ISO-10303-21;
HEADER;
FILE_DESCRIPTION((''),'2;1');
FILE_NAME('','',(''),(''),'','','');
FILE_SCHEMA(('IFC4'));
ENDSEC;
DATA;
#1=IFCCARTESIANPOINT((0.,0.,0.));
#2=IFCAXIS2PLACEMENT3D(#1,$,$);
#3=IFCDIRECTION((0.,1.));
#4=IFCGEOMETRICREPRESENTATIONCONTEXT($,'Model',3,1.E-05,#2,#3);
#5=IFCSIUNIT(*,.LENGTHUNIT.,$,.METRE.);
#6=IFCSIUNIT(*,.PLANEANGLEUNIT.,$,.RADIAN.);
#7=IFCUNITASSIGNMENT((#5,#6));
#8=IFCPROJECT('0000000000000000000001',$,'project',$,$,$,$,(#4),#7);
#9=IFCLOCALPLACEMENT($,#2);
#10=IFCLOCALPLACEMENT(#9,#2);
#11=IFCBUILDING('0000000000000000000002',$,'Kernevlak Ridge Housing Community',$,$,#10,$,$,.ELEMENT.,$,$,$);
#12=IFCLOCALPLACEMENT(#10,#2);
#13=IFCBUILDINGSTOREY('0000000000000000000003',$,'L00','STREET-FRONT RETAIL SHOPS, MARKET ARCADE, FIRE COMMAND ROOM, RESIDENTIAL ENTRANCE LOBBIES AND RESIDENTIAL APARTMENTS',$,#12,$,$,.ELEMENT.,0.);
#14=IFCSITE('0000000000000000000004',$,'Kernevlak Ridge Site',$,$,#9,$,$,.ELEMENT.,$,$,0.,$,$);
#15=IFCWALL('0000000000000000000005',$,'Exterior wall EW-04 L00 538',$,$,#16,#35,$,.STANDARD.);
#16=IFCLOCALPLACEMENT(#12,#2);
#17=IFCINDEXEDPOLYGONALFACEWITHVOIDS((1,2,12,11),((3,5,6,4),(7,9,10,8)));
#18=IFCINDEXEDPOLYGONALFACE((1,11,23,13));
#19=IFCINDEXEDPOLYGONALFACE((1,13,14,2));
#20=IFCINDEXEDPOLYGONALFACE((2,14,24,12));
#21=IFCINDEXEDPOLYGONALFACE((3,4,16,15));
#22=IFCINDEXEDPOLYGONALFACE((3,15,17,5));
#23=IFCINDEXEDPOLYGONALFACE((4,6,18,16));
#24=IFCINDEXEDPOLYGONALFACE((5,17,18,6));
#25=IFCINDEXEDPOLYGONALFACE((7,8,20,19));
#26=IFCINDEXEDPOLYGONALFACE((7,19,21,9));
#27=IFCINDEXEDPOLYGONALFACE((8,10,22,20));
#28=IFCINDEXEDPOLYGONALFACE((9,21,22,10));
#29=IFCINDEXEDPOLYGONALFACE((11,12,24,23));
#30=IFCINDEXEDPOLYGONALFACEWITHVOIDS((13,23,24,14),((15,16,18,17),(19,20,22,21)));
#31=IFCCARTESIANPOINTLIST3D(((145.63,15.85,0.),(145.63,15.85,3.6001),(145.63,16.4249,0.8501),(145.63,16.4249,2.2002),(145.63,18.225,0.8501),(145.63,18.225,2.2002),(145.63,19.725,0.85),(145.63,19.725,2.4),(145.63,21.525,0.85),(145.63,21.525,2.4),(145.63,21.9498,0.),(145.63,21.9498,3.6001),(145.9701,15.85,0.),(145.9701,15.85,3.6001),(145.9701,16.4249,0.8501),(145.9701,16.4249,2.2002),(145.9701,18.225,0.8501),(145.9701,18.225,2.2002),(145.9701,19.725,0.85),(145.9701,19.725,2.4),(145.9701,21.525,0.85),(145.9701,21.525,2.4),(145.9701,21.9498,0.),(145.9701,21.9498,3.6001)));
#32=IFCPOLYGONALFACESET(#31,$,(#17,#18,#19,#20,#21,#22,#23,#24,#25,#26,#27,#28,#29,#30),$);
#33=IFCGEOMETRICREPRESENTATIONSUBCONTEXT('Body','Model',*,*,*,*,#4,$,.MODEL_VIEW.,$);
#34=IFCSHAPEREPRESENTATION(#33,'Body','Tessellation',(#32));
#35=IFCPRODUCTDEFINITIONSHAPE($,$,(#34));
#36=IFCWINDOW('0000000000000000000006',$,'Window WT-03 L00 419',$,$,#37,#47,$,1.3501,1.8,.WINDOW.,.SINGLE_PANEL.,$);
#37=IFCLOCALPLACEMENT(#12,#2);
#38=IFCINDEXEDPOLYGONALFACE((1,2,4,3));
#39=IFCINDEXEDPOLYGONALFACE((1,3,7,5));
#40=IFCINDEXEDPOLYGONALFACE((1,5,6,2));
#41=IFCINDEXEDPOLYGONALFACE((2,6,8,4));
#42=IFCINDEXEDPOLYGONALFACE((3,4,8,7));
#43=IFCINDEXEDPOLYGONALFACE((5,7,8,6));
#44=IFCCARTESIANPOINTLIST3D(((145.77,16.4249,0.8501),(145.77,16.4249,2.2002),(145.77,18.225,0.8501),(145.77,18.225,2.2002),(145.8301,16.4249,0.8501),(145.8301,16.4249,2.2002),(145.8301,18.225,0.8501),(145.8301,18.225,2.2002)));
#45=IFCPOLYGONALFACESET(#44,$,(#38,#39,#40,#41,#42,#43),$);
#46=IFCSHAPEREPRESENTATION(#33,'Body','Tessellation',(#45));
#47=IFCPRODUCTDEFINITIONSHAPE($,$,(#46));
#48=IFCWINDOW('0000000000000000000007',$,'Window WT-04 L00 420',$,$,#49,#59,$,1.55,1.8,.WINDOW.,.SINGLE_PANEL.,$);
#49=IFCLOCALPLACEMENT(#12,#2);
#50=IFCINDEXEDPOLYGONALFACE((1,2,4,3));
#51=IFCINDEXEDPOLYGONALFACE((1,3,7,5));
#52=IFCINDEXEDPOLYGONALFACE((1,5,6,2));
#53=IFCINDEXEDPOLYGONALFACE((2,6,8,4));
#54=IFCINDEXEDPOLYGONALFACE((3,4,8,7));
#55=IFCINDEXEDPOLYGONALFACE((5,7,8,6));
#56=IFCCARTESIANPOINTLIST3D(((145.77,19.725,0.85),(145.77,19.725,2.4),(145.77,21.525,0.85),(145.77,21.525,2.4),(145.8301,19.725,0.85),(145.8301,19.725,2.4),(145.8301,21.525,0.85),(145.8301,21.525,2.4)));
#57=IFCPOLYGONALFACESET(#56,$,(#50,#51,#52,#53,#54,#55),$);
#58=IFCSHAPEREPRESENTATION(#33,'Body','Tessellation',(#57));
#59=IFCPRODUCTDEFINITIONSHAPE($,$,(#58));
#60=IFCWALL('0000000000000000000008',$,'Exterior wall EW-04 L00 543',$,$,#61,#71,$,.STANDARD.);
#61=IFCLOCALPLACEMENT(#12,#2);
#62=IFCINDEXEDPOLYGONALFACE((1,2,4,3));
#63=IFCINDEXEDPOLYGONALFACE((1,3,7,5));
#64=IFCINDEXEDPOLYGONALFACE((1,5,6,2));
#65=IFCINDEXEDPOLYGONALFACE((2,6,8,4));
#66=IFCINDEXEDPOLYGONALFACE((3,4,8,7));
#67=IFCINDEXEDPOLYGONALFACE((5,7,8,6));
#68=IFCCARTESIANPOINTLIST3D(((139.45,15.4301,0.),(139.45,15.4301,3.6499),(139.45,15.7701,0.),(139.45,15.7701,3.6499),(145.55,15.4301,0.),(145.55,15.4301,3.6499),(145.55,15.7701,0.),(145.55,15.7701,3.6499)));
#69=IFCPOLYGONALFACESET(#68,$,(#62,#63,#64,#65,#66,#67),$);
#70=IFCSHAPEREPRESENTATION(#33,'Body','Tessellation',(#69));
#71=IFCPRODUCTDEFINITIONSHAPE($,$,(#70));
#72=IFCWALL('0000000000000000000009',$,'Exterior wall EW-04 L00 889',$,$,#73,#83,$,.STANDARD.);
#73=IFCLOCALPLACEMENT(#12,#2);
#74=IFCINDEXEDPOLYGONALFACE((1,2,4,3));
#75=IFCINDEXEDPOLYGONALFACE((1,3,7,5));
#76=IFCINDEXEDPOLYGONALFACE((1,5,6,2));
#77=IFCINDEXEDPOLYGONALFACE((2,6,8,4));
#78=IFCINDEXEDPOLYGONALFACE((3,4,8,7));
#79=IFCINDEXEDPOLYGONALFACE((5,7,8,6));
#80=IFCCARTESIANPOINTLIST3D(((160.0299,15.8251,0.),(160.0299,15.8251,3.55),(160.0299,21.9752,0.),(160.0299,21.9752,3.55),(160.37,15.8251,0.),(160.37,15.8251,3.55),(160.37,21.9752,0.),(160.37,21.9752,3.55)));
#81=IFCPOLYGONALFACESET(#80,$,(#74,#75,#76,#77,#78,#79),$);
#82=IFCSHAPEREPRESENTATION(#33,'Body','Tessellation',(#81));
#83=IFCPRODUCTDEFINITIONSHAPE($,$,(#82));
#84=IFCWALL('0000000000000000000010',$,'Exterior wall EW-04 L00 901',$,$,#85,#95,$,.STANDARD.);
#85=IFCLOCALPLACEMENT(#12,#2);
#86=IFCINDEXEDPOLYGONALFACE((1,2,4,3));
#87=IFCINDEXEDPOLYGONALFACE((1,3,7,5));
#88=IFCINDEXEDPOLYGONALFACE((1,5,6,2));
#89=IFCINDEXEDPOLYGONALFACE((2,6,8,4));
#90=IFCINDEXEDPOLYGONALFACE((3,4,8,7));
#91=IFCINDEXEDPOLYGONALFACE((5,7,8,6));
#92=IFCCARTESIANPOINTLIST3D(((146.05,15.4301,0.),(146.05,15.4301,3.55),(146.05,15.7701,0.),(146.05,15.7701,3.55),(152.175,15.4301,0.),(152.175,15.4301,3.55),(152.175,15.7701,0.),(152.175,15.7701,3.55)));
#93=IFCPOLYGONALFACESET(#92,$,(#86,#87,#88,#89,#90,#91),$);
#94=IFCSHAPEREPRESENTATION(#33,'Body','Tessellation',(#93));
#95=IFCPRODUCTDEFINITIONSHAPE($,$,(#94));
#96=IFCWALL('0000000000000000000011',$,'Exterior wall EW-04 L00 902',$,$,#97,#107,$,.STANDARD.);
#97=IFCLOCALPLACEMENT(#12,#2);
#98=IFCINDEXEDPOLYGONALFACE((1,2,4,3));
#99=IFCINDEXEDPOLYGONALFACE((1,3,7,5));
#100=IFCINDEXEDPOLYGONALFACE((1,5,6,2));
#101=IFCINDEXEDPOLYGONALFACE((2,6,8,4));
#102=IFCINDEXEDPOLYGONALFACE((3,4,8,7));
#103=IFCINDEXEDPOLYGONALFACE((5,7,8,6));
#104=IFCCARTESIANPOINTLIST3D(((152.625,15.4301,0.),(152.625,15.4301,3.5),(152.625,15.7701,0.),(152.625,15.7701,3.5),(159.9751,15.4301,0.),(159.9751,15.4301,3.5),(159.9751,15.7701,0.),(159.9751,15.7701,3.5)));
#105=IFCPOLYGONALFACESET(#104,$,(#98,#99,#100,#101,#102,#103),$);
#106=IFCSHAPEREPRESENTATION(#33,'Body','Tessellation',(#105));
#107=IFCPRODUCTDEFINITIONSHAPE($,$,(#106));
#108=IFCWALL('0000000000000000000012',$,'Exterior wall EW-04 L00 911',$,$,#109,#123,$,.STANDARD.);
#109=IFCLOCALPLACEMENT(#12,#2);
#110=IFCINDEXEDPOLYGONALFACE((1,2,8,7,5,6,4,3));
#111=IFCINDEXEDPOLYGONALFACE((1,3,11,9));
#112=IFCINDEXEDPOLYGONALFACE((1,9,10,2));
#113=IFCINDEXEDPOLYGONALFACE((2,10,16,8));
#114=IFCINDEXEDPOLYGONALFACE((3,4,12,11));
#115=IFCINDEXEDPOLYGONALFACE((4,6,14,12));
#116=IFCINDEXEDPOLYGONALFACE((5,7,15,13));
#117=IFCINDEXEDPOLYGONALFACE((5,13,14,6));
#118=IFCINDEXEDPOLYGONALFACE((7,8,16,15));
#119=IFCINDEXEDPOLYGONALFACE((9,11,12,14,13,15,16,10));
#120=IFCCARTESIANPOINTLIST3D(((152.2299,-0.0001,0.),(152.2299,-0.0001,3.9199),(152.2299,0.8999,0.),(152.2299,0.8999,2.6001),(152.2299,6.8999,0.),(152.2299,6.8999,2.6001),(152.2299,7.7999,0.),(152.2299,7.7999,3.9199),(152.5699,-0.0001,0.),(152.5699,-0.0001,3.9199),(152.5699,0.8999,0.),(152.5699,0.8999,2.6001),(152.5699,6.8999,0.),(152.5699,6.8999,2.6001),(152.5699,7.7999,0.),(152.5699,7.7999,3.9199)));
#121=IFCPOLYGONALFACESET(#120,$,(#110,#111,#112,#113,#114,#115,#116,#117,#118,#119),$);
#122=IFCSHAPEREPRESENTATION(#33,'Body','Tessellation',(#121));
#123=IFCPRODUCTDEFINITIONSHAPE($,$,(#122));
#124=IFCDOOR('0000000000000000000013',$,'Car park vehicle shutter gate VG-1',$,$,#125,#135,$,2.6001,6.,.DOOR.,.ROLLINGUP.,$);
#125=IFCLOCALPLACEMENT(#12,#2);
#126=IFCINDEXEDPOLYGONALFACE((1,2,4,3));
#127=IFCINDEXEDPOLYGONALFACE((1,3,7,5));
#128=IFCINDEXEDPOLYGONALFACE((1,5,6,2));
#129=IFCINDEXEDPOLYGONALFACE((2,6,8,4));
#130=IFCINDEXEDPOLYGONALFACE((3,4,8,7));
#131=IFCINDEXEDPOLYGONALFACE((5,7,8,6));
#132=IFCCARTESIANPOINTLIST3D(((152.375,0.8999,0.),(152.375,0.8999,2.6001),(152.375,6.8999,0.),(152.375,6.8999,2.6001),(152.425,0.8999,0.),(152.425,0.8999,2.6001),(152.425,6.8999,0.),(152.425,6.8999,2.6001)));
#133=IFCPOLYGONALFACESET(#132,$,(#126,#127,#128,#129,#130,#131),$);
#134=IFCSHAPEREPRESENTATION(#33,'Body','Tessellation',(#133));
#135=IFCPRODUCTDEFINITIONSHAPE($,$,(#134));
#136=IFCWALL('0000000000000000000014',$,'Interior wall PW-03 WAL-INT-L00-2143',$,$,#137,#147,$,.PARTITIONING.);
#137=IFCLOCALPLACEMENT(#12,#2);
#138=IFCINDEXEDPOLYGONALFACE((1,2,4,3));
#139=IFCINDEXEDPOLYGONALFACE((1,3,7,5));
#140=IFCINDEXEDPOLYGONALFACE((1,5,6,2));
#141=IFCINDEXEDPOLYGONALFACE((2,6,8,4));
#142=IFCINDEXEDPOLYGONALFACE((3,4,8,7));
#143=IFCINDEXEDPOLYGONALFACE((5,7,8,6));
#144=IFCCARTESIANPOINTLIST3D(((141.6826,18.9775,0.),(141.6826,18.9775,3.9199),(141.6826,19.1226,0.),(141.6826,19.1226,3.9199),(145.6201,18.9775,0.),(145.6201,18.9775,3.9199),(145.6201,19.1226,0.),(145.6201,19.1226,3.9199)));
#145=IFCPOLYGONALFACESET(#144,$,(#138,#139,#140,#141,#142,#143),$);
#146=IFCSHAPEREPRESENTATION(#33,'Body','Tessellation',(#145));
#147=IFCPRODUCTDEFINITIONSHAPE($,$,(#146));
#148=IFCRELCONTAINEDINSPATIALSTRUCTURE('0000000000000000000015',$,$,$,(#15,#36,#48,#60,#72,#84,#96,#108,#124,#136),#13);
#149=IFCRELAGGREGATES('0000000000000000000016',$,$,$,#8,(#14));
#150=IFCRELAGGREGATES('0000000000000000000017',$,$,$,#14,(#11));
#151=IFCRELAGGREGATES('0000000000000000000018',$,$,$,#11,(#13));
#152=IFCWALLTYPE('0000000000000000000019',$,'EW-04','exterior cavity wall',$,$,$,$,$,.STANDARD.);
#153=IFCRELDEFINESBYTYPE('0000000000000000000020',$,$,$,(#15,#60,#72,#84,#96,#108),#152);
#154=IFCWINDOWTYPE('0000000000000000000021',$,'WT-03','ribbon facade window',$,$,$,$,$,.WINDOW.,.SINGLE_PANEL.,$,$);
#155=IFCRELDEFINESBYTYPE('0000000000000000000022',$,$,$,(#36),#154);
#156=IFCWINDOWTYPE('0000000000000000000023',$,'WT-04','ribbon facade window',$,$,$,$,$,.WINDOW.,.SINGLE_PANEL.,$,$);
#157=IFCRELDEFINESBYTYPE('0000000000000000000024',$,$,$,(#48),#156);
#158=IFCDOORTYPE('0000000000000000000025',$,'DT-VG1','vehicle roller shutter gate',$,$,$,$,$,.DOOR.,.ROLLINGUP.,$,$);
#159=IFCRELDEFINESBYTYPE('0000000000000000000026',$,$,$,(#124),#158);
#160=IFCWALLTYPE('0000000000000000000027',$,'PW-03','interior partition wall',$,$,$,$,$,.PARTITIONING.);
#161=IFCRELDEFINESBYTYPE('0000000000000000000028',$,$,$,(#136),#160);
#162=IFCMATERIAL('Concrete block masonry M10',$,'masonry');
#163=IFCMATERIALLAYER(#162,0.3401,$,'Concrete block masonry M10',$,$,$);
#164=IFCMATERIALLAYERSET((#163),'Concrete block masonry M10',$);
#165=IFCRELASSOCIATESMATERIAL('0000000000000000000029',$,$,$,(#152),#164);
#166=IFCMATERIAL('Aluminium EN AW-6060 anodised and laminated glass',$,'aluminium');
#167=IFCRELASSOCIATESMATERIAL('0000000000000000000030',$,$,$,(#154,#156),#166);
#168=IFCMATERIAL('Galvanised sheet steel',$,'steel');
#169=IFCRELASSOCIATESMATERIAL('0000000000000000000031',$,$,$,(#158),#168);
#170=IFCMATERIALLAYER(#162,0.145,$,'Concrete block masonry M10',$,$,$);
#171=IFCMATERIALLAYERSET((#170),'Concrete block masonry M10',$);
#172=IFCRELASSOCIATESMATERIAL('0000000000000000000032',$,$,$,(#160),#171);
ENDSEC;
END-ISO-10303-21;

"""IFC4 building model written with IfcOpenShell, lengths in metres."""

from ifc_helpers import new_model, si_unit, direction, frame, frame_2d, origin, place, context, subcontext, project, spatial, rectangle, extrude, material, layer, layer_set, type_object, element, fill, save


model = new_model("IFC4")

# Units and contexts
model_context = context("Model", 3, precision=1e-05, world=origin(), true_north=direction((0.0, 1.0)))
body_context = subcontext(model_context, "Body", "Model", "MODEL_VIEW")
ifc_project = project(units=[si_unit("LENGTHUNIT", "METRE"), si_unit("PLANEANGLEUNIT", "RADIAN")], contexts=[model_context])

# Site, building, storey
site_placement = place(None, origin())
site = spatial("IfcSite", under=ifc_project, at=site_placement, Name="Kernevlak Ridge Site", CompositionType="ELEMENT", RefElevation=0.0)
building_placement = place(site_placement, origin())
building = spatial("IfcBuilding", under=site, at=building_placement, Name="Kernevlak Ridge Housing Community", CompositionType="ELEMENT")
storey_placement = place(building_placement, origin())
storey = spatial("IfcBuildingStorey", under=building, at=storey_placement, Name="L00", Description="STREET-FRONT RETAIL SHOPS, MARKET ARCADE, FIRE COMMAND ROOM, RESIDENTIAL ENTRANCE LOBBIES AND RESIDENTIAL APARTMENTS", CompositionType="ELEMENT", Elevation=0.0)

# Wall, openings, windows
ifc_material_1 = material(Name="Concrete block masonry M10", Category="masonry")
ifc_layer_1 = layer(ifc_material_1, 0.3401, Name="Concrete block masonry M10")
ifc_layer_set_1 = layer_set([ifc_layer_1], Name="Concrete block masonry M10")
wall_type_1 = type_object("IfcWallType", Name="EW-04", Description="exterior cavity wall", PredefinedType="STANDARD", material=ifc_layer_set_1)
wall_1_placement = place(storey_placement, frame((145.8, 15.8501, 0.0), z_axis=(0.0, 0.0, 1.0), x_axis=(0.0, 1.0, 0.0)))
wall_1 = element("IfcWall", 1, at=wall_1_placement, inside=storey, type_object=wall_type_1, Name="Exterior wall EW-04 L00 538", PredefinedType="STANDARD", context=body_context, shape_type="SweptSolid", body=[
    extrude(rectangle(XDim=6.0999, YDim=0.3401, at=frame_2d((3.0498, 0.0))), origin(), (0.0, 0.0, 1.0), 3.6001),
])
opening_1_placement = place(wall_1_placement, frame((0.575, 0.0, 0.8501)))
opening_1 = element("IfcOpeningElement", 2, at=opening_1_placement, cuts=wall_1, PredefinedType="OPENING", context=body_context, shape_type="SweptSolid", body=[
    extrude(rectangle(XDim=1.8, YDim=1.3501, at=frame_2d((0.8999, 0.675))), frame((0.0, 0.1799, 0.0), z_axis=(0.0, -1.0, 0.0), x_axis=(1.0, 0.0, 0.0)), (0.0, 0.0, 1.0), 0.3601),
])
opening_2_placement = place(wall_1_placement, frame((3.875, 0.0, 0.8501)))
opening_2 = element("IfcOpeningElement", 3, at=opening_2_placement, cuts=wall_1, PredefinedType="OPENING", context=body_context, shape_type="SweptSolid", body=[
    extrude(rectangle(XDim=1.8, YDim=1.55, at=frame_2d((0.8999, 0.7749))), frame((0.0, 0.1799, 0.0), z_axis=(0.0, -1.0, 0.0), x_axis=(1.0, 0.0, 0.0)), (0.0, 0.0, 1.0), 0.3601),
])
ifc_material_2 = material(Name="Aluminium EN AW-6060 anodised and laminated glass", Category="aluminium")
window_type_1 = type_object("IfcWindowType", Name="WT-03", Description="ribbon facade window", PartitioningType="SINGLE_PANEL", PredefinedType="WINDOW", material=ifc_material_2)
window_1_placement = place(opening_1_placement, origin())
window_1 = element("IfcWindow", 4, at=window_1_placement, inside=storey, type_object=window_type_1, Name="Window WT-03 L00 419", OverallHeight=1.3501, OverallWidth=1.8, PartitioningType="SINGLE_PANEL", PredefinedType="WINDOW", context=body_context, shape_type="SweptSolid", body=[
    extrude(rectangle(XDim=1.8, YDim=1.3501, at=frame_2d((0.8999, 0.675))), frame((0.0, 0.03, 0.0), z_axis=(0.0, -1.0, 0.0), x_axis=(1.0, 0.0, 0.0)), (0.0, 0.0, 1.0), 0.0601),
])
fill(opening_1, window_1)
window_type_2 = type_object("IfcWindowType", Name="WT-04", Description="ribbon facade window", PartitioningType="SINGLE_PANEL", PredefinedType="WINDOW", material=ifc_material_2)
window_2_placement = place(opening_2_placement, origin())
window_2 = element("IfcWindow", 5, at=window_2_placement, inside=storey, type_object=window_type_2, Name="Window WT-04 L00 420", OverallHeight=1.55, OverallWidth=1.8, PartitioningType="SINGLE_PANEL", PredefinedType="WINDOW", context=body_context, shape_type="SweptSolid", body=[
    extrude(rectangle(XDim=1.8, YDim=1.55, at=frame_2d((0.8999, 0.7749))), frame((0.0, 0.03, 0.0), z_axis=(0.0, -1.0, 0.0), x_axis=(1.0, 0.0, 0.0)), (0.0, 0.0, 1.0), 0.0601),
])
fill(opening_2, window_2)

# Walls
wall_2_placement = place(storey_placement, frame((139.45, 15.6001, 0.0), z_axis=(0.0, 0.0, 1.0), x_axis=(1.0, 0.0, 0.0)))
element("IfcWall", 6, at=wall_2_placement, inside=storey, type_object=wall_type_1, Name="Exterior wall EW-04 L00 543", PredefinedType="STANDARD", context=body_context, shape_type="SweptSolid", body=[
    extrude(rectangle(XDim=6.1001, YDim=0.3401, at=frame_2d((3.05, 0.0))), origin(), (0.0, 0.0, 1.0), 3.6499),
])
wall_3_placement = place(storey_placement, frame((160.2, 15.825, 0.0), z_axis=(0.0, 0.0, 1.0), x_axis=(0.0, 1.0, 0.0)))
element("IfcWall", 7, at=wall_3_placement, inside=storey, type_object=wall_type_1, Name="Exterior wall EW-04 L00 889", PredefinedType="STANDARD", context=body_context, shape_type="SweptSolid", body=[
    extrude(rectangle(XDim=6.1501, YDim=0.3401, at=frame_2d((3.0752, 0.0))), origin(), (0.0, 0.0, 1.0), 3.55),
])
wall_4_placement = place(storey_placement, frame((146.05, 15.6001, 0.0), z_axis=(0.0, 0.0, 1.0), x_axis=(1.0, 0.0, 0.0)))
element("IfcWall", 8, at=wall_4_placement, inside=storey, type_object=wall_type_1, Name="Exterior wall EW-04 L00 901", PredefinedType="STANDARD", context=body_context, shape_type="SweptSolid", body=[
    extrude(rectangle(XDim=6.125, YDim=0.3401, at=frame_2d((3.0625, 0.0))), origin(), (0.0, 0.0, 1.0), 3.55),
])
wall_5_placement = place(storey_placement, frame((152.625, 15.6001, 0.0), z_axis=(0.0, 0.0, 1.0), x_axis=(1.0, 0.0, 0.0)))
element("IfcWall", 9, at=wall_5_placement, inside=storey, type_object=wall_type_1, Name="Exterior wall EW-04 L00 902", PredefinedType="STANDARD", context=body_context, shape_type="SweptSolid", body=[
    extrude(rectangle(XDim=7.3501, YDim=0.3401, at=frame_2d((3.675, 0.0))), origin(), (0.0, 0.0, 1.0), 3.5),
])

# Wall, opening, door
wall_6_placement = place(storey_placement, frame((152.3999, 0.0, 0.0), z_axis=(0.0, 0.0, 1.0), x_axis=(0.0, 1.0, 0.0)))
wall_6 = element("IfcWall", 10, at=wall_6_placement, inside=storey, type_object=wall_type_1, Name="Exterior wall EW-04 L00 911", PredefinedType="STANDARD", context=body_context, shape_type="SweptSolid", body=[
    extrude(rectangle(XDim=7.8, YDim=0.3401, at=frame_2d((3.8999, 0.0))), origin(), (0.0, 0.0, 1.0), 3.9199),
])
opening_3_placement = place(wall_6_placement, frame((0.8999, 0.0, 0.0)))
opening_3 = element("IfcOpeningElement", 11, at=opening_3_placement, cuts=wall_6, PredefinedType="OPENING", context=body_context, shape_type="SweptSolid", body=[
    extrude(rectangle(XDim=6.0, YDim=2.6001, at=frame_2d((3.0, 1.3))), frame((0.0, 0.1799, 0.0), z_axis=(0.0, -1.0, 0.0), x_axis=(1.0, 0.0, 0.0)), (0.0, 0.0, 1.0), 0.3601),
])
ifc_material_3 = material(Name="Galvanised sheet steel", Category="steel")
door_type_1 = type_object("IfcDoorType", Name="DT-VG1", Description="vehicle roller shutter gate", OperationType="ROLLINGUP", PredefinedType="DOOR", material=ifc_material_3)
door_1_placement = place(opening_3_placement, origin())
door_1 = element("IfcDoor", 12, at=door_1_placement, inside=storey, type_object=door_type_1, Name="Car park vehicle shutter gate VG-1", OperationType="ROLLINGUP", OverallHeight=2.6001, OverallWidth=6.0, PredefinedType="DOOR", context=body_context, shape_type="SweptSolid", body=[
    extrude(rectangle(XDim=6.0, YDim=2.6001, at=frame_2d((3.0, 1.3))), frame((0.0, 0.0249, 0.0), z_axis=(0.0, -1.0, 0.0), x_axis=(1.0, 0.0, 0.0)), (0.0, 0.0, 1.0), 0.05),
])
fill(opening_3, door_1)
ifc_layer_2 = layer(ifc_material_1, 0.145, Name="Concrete block masonry M10")
ifc_layer_set_2 = layer_set([ifc_layer_2], Name="Concrete block masonry M10")
wall_type_2 = type_object("IfcWallType", Name="PW-03", Description="interior partition wall", PredefinedType="PARTITIONING", material=ifc_layer_set_2)

# Wall
wall_7_placement = place(storey_placement, frame((141.6826, 19.05, 0.0), z_axis=(0.0, 0.0, 1.0), x_axis=(1.0, 0.0, 0.0)))
element("IfcWall", 13, at=wall_7_placement, inside=storey, type_object=wall_type_2, Name="Interior wall PW-03 WAL-INT-L00-2143", PredefinedType="PARTITIONING", context=body_context, shape_type="SweptSolid", body=[
    extrude(rectangle(XDim=3.9375, YDim=0.145, at=frame_2d((1.9688, 0.0))), origin(), (0.0, 0.0, 1.0), 3.9199),
])

save(model, "model.ifc")
